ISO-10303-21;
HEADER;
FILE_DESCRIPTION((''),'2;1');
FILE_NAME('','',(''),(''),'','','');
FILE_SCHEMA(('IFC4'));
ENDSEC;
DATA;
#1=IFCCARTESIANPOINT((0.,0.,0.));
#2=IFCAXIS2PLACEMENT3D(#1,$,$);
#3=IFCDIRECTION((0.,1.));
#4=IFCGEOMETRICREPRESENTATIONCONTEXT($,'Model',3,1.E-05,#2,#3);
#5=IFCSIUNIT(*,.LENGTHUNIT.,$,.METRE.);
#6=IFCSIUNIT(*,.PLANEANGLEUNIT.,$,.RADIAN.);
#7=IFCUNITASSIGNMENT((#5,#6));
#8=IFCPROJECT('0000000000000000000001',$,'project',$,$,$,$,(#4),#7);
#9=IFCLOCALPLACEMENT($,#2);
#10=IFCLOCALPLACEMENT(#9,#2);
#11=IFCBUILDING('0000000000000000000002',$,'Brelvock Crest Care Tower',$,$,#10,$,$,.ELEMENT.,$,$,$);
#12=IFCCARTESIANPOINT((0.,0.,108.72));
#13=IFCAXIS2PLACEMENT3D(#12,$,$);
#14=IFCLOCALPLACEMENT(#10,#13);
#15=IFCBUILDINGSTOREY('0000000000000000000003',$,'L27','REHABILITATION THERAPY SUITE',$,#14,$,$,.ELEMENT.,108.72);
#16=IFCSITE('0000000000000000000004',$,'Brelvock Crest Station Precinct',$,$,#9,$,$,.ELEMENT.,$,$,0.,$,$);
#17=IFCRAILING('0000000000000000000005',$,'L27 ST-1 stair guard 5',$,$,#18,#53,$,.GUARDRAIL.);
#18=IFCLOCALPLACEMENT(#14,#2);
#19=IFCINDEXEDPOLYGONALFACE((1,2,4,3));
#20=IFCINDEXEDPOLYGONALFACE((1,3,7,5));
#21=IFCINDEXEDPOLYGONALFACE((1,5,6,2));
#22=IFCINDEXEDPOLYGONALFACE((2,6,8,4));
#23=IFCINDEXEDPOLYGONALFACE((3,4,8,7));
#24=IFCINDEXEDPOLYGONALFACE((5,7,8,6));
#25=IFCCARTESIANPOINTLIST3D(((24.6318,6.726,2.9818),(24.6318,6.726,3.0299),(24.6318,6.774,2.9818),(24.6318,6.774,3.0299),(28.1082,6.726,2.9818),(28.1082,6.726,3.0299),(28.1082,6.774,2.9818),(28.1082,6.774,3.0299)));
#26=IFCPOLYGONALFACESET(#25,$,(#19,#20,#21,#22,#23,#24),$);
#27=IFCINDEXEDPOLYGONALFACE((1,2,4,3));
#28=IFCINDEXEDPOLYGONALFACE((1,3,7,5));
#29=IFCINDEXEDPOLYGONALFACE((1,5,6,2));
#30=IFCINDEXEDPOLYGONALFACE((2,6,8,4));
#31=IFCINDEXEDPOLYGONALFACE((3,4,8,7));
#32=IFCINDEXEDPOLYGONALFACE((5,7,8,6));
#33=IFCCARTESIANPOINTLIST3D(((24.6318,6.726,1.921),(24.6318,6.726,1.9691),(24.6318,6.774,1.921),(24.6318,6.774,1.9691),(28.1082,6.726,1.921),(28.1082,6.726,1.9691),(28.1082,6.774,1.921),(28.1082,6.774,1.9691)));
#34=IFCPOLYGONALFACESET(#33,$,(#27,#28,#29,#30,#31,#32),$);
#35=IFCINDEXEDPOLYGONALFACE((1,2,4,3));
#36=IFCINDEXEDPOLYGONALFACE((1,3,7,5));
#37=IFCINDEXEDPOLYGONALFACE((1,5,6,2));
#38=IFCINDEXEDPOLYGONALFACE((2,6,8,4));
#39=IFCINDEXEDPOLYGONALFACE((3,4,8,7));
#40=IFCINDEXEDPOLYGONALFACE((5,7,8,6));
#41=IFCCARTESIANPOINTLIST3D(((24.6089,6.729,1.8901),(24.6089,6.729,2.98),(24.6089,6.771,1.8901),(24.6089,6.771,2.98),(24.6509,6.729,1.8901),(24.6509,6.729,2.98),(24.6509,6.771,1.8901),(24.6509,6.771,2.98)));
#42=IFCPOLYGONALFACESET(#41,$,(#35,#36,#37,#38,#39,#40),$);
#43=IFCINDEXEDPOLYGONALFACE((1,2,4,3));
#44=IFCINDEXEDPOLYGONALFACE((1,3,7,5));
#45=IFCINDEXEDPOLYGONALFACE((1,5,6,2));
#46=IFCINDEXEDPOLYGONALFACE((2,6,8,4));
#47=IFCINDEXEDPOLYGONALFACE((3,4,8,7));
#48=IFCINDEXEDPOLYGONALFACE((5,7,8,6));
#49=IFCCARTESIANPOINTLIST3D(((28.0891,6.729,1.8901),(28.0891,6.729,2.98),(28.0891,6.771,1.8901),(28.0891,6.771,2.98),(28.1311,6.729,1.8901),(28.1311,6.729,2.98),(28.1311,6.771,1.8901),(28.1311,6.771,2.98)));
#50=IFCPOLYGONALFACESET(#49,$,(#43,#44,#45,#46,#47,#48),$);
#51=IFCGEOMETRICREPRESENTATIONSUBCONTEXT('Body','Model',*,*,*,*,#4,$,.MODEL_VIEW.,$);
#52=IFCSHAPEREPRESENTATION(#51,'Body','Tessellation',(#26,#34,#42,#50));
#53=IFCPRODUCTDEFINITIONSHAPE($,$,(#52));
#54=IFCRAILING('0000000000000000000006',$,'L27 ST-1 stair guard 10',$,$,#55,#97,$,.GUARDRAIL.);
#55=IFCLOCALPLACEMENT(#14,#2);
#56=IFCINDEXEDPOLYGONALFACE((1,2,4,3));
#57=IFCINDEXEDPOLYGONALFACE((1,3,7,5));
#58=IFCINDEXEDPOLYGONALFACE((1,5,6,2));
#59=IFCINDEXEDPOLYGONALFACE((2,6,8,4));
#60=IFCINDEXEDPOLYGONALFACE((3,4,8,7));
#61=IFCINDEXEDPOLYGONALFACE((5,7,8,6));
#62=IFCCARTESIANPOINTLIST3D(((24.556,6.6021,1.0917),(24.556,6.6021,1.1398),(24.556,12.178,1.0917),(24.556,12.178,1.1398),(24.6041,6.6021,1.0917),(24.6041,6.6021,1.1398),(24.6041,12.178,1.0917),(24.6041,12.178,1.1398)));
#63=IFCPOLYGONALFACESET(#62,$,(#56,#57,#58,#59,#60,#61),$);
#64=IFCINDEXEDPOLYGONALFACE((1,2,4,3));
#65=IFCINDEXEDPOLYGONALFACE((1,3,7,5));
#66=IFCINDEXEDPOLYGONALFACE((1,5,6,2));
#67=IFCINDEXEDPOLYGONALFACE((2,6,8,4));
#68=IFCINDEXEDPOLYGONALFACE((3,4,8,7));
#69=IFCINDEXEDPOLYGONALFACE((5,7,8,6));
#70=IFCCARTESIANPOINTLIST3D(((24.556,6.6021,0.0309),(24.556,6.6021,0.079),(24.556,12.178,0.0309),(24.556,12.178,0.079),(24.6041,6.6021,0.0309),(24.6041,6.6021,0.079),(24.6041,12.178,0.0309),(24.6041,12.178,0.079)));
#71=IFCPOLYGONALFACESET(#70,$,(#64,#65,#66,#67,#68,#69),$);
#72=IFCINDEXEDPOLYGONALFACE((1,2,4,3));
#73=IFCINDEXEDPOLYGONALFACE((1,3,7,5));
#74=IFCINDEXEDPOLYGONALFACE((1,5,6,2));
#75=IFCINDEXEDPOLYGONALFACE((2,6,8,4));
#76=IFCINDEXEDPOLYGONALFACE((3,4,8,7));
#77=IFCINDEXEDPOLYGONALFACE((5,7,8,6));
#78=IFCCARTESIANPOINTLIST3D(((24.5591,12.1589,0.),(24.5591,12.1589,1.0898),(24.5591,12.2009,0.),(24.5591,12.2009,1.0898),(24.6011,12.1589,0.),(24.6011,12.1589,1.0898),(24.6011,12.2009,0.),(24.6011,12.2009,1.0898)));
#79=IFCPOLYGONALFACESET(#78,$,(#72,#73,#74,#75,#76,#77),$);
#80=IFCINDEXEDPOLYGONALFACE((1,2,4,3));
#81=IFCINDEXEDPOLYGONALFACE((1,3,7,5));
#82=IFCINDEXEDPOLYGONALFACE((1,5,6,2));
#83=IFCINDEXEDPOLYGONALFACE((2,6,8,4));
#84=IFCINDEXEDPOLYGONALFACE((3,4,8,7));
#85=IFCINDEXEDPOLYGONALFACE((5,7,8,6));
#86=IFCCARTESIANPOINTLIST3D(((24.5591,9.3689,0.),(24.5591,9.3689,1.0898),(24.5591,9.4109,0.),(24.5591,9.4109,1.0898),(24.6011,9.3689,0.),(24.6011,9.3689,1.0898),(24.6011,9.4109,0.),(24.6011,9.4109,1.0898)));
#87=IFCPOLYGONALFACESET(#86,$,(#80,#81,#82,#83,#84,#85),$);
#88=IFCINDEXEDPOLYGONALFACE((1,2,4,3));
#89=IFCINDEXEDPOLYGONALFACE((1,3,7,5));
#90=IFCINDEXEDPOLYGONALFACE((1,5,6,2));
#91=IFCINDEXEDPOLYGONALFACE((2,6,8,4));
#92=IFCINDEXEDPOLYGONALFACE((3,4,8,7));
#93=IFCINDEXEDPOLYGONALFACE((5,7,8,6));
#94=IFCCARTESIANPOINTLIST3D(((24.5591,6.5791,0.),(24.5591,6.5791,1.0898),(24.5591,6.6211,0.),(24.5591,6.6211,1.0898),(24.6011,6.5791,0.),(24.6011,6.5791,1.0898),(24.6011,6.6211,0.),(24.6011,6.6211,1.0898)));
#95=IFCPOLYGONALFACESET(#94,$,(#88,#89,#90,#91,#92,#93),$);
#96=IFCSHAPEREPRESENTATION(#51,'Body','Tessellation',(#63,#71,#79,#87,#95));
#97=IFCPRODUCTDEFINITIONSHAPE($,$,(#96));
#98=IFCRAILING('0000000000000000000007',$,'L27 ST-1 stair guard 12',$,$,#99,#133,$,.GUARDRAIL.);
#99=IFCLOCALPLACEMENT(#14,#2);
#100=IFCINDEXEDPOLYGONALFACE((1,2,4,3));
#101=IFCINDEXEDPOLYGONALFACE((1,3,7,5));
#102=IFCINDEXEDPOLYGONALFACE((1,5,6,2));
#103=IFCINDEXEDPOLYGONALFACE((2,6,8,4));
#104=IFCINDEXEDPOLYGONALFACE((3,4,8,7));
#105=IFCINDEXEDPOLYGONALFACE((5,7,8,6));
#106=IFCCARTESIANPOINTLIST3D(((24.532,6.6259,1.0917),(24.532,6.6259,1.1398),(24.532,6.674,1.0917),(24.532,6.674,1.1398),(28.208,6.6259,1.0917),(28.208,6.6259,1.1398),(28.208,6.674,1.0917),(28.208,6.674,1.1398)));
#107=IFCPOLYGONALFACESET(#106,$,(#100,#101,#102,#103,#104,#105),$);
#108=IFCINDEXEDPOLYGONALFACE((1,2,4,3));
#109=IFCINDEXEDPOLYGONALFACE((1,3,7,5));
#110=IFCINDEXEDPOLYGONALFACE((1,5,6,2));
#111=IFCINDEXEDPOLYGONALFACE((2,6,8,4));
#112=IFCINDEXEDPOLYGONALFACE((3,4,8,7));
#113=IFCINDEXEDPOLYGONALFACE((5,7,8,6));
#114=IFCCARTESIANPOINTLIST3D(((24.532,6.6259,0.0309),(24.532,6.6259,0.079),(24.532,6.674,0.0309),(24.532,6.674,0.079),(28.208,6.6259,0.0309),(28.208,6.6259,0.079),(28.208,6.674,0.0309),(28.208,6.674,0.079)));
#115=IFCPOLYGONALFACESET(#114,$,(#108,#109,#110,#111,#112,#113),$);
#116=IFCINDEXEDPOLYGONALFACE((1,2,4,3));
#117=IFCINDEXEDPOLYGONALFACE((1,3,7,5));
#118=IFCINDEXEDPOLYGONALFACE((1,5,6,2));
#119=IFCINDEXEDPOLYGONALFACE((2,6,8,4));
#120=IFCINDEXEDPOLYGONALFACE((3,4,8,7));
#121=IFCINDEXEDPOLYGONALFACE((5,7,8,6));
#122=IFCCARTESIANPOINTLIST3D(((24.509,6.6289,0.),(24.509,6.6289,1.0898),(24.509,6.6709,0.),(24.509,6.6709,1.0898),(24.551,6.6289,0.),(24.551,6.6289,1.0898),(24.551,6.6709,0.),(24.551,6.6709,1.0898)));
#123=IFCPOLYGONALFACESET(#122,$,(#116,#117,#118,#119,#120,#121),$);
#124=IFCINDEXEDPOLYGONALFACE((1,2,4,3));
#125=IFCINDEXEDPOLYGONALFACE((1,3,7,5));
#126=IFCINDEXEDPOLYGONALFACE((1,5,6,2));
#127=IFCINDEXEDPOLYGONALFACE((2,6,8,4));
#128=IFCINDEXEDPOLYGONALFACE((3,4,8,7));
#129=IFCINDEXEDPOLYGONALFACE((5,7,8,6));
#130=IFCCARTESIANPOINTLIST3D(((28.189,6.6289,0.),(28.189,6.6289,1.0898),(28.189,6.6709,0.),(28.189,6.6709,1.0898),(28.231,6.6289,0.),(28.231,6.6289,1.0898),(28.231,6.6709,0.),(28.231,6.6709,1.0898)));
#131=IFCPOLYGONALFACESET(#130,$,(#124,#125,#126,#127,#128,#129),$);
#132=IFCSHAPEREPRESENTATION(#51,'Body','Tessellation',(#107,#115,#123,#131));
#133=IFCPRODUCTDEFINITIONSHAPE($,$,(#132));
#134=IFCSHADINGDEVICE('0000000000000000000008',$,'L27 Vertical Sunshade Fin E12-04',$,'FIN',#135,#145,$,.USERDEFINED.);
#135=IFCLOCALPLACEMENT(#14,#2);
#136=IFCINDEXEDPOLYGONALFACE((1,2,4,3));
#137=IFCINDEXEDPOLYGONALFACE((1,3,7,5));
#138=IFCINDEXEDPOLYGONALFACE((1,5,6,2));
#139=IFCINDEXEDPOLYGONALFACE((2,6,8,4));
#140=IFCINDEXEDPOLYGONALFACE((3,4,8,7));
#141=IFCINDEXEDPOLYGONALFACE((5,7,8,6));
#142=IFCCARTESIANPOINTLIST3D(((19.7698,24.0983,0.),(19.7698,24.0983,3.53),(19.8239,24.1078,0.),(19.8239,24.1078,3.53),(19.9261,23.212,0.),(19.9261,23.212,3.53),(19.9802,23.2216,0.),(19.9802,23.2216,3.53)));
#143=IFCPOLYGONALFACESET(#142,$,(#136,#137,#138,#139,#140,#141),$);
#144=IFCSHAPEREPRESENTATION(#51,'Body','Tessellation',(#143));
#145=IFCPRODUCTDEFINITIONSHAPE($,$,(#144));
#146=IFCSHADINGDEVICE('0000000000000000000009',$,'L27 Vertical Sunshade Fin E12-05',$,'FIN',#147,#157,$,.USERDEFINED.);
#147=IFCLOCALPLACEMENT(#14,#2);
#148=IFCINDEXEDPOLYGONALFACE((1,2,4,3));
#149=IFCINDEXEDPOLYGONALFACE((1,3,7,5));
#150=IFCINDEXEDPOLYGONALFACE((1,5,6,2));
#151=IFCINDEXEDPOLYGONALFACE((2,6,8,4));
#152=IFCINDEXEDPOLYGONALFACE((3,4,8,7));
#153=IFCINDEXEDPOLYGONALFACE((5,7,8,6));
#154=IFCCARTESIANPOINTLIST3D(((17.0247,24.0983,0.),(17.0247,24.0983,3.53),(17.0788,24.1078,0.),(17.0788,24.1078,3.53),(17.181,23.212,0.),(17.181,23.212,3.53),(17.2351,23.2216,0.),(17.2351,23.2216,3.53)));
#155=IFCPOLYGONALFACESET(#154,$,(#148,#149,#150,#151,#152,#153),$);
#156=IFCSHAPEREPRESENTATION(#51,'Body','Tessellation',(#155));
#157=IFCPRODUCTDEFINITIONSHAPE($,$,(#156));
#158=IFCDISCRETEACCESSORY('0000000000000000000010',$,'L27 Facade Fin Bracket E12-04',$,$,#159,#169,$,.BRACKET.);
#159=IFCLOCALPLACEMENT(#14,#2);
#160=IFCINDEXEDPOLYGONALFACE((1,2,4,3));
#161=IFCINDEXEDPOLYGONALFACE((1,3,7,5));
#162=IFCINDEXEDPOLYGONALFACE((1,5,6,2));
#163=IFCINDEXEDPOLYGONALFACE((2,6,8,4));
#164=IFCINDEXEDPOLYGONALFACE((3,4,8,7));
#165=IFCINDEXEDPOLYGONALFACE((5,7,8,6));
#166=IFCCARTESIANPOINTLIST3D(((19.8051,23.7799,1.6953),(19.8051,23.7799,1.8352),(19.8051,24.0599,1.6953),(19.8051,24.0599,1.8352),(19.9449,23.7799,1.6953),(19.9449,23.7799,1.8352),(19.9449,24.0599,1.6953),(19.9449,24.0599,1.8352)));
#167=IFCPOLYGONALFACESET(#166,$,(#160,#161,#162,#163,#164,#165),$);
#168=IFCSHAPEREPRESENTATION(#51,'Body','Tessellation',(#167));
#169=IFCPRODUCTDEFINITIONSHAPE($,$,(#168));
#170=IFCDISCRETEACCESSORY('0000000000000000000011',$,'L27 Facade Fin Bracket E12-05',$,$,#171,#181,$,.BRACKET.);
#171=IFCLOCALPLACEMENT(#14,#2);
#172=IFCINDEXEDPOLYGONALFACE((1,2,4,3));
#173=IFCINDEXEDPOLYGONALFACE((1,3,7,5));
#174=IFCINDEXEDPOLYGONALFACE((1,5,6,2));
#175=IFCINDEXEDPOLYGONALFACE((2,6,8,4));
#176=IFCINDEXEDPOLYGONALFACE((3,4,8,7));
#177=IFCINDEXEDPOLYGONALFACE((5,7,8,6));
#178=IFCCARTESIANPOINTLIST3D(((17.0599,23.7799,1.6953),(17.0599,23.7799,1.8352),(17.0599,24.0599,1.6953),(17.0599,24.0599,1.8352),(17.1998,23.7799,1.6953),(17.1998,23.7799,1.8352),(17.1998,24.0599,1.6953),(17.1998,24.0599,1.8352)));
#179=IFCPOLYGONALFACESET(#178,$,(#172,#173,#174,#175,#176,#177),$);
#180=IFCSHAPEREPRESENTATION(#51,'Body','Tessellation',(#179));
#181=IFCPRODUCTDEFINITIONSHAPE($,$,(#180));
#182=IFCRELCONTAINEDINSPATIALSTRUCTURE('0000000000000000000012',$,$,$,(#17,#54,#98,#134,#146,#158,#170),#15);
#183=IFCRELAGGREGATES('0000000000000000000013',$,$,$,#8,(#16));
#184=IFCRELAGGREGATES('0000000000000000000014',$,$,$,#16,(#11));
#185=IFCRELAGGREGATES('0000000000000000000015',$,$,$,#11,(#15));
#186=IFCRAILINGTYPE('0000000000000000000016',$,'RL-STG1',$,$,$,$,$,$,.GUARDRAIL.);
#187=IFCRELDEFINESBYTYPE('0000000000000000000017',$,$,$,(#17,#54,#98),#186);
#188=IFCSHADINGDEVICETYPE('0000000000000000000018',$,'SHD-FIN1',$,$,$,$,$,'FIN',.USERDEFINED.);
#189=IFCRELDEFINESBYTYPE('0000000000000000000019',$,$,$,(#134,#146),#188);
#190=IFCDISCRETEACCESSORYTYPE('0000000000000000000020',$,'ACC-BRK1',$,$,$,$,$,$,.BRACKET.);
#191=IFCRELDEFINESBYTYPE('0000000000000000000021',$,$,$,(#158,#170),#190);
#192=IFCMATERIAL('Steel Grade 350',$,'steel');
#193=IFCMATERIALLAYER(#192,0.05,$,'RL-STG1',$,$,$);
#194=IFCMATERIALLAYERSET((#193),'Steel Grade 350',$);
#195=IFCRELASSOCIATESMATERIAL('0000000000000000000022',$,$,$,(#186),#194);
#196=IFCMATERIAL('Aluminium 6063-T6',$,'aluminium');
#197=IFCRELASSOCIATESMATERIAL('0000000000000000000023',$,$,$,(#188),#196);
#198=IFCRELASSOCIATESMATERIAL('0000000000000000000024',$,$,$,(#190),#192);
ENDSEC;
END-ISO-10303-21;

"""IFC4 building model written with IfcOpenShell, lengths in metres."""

from ifc_helpers import new_model, si_unit, direction, frame, origin, origin_2d, place, context, subcontext, project, spatial, rectangle, extrude, source, transform, mapped, material, layer, layer_set, material_profile, profile_set, type_object, element, save


model = new_model("IFC4")

# Units and contexts
model_context = context("Model", 3, precision=1e-05, world=origin(), true_north=direction((0.0, 1.0)))
body_context = subcontext(model_context, "Body", "Model", "MODEL_VIEW")
ifc_project = project(units=[si_unit("LENGTHUNIT", "METRE"), si_unit("PLANEANGLEUNIT", "RADIAN")], contexts=[model_context])

# Site, building, storey
site_placement = place(None, origin())
site = spatial("IfcSite", under=ifc_project, at=site_placement, Name="Brelvock Crest Station Precinct", CompositionType="ELEMENT", RefElevation=0.0)
building_placement = place(site_placement, origin())
building = spatial("IfcBuilding", under=site, at=building_placement, Name="Brelvock Crest Care Tower", CompositionType="ELEMENT")
storey_placement = place(building_placement, frame((0.0, 0.0, 108.72)))
storey = spatial("IfcBuildingStorey", under=building, at=storey_placement, Name="L27", Description="REHABILITATION THERAPY SUITE", CompositionType="ELEMENT", Elevation=108.72)

# Shared definitions
ifc_material_1 = material(Name="Steel Grade 350", Category="steel")

# Railings
ifc_layer_1 = layer(ifc_material_1, 0.05, Name="RL-STG1")
ifc_layer_set_1 = layer_set([ifc_layer_1], Name="Steel Grade 350")
railing_type = type_object("IfcRailingType", Name="RL-STG1", PredefinedType="GUARDRAIL", material=ifc_layer_set_1)
railing_1_placement = place(storey_placement, frame((24.6299, 6.75, 1.8901)))
element("IfcRailing", 1, at=railing_1_placement, inside=storey, type_object=railing_type, Name="L27 ST-1 stair guard 5", PredefinedType="GUARDRAIL", context=body_context, shape_type="SweptSolid", body=[
    extrude(rectangle(XDim=0.0481, YDim=0.0481, at=origin_2d()), frame((0.002, 0.0, 1.1157), z_axis=(1.0, 0.0, 0.0), x_axis=(0.0, 1.0, 0.0)), (0.0, 0.0, 1.0), 3.4763),
    extrude(rectangle(XDim=0.0481, YDim=0.0481, at=origin_2d()), frame((0.002, 0.0, 0.0549), z_axis=(1.0, 0.0, 0.0), x_axis=(0.0, 1.0, 0.0)), (0.0, 0.0, 1.0), 3.4763),
    extrude(rectangle(XDim=0.042, YDim=0.042, at=origin_2d()), origin(), (0.0, 0.0, 1.0), 1.0898),
    extrude(rectangle(XDim=0.042, YDim=0.042, at=origin_2d()), frame((3.4802, 0.0, 0.0)), (0.0, 0.0, 1.0), 1.0898),
])
railing_2_placement = place(storey_placement, frame((24.5801, 12.1799, 0.0)))
element("IfcRailing", 2, at=railing_2_placement, inside=storey, type_object=railing_type, Name="L27 ST-1 stair guard 10", PredefinedType="GUARDRAIL", context=body_context, shape_type="SweptSolid", body=[
    extrude(rectangle(XDim=0.0481, YDim=0.0481, at=origin_2d()), frame((0.0, -0.002, 1.1157), z_axis=(0.0, -1.0, 0.0), x_axis=(1.0, 0.0, 0.0)), (0.0, 0.0, 1.0), 5.5759),
    extrude(rectangle(XDim=0.0481, YDim=0.0481, at=origin_2d()), frame((0.0, -0.002, 0.0549), z_axis=(0.0, -1.0, 0.0), x_axis=(1.0, 0.0, 0.0)), (0.0, 0.0, 1.0), 5.5759),
    extrude(rectangle(XDim=0.042, YDim=0.042, at=origin_2d()), origin(), (0.0, 0.0, 1.0), 1.0898),
    extrude(rectangle(XDim=0.042, YDim=0.042, at=origin_2d()), frame((0.0, -2.79, 0.0)), (0.0, 0.0, 1.0), 1.0898),
    extrude(rectangle(XDim=0.042, YDim=0.042, at=origin_2d()), frame((0.0, -5.5798, 0.0)), (0.0, 0.0, 1.0), 1.0898),
])
railing_3_placement = place(storey_placement, frame((24.53, 6.6499, 0.0)))
element("IfcRailing", 3, at=railing_3_placement, inside=storey, type_object=railing_type, Name="L27 ST-1 stair guard 12", PredefinedType="GUARDRAIL", context=body_context, shape_type="SweptSolid", body=[
    extrude(rectangle(XDim=0.0481, YDim=0.0481, at=origin_2d()), frame((0.002, 0.0, 1.1157), z_axis=(1.0, 0.0, 0.0), x_axis=(0.0, 1.0, 0.0)), (0.0, 0.0, 1.0), 3.676),
    extrude(rectangle(XDim=0.0481, YDim=0.0481, at=origin_2d()), frame((0.002, 0.0, 0.0549), z_axis=(1.0, 0.0, 0.0), x_axis=(0.0, 1.0, 0.0)), (0.0, 0.0, 1.0), 3.676),
    extrude(rectangle(XDim=0.042, YDim=0.042, at=origin_2d()), origin(), (0.0, 0.0, 1.0), 1.0898),
    extrude(rectangle(XDim=0.042, YDim=0.042, at=origin_2d()), frame((3.6799, 0.0, 0.0)), (0.0, 0.0, 1.0), 1.0898),
])

# Shading devices
ifc_material_2 = material(Name="Aluminium 6063-T6", Category="aluminium")
ifc_material_profile_1 = material_profile(ifc_material_2, rectangle(XDim=0.0549, YDim=0.8999, at=origin_2d()), Name="FIN55x900")
ifc_profile_set_1 = profile_set([ifc_material_profile_1], Name="Aluminium 6063-T6")
shading_device_type = type_object("IfcShadingDeviceType", Name="SHD-FIN1", ElementType="FIN", PredefinedType="USERDEFINED", material=ifc_profile_set_1)
shared_shape_1 = source(origin(), body_context, "Body", "SweptSolid", [
    extrude(rectangle(XDim=0.0549, YDim=0.8999, at=origin_2d()), origin(), (0.0, 0.0, 1.0), 3.53),
])
for number, where, z_axis, x_axis, name in (
    (4, (19.875, 23.6599, 0.0), (0.0, 0.0, 1.0), (-0.984808, -0.173648, 0.0), "L27 Vertical Sunshade Fin E12-04"),
    (5, (17.1299, 23.6599, 0.0), (0.0, 0.0, 1.0), (-0.984808, -0.173648, 0.0), "L27 Vertical Sunshade Fin E12-05"),
):
    element("IfcShadingDevice", number, at=place(storey_placement, frame(where, z_axis=z_axis, x_axis=x_axis)), inside=storey, type_object=shading_device_type, Name=name, ObjectType="FIN", PredefinedType="USERDEFINED", context=body_context, shape_type="MappedRepresentation", body=[
        mapped(shared_shape_1, transform((0.0, 0.0, 0.0), x_axis=(1.0, 0.0, 0.0), y_axis=(0.0, 1.0, 0.0), z_axis=(0.0, 0.0, 1.0), scale=1.0)),
    ])

# Discrete accessories
discrete_accessory_type = type_object("IfcDiscreteAccessoryType", Name="ACC-BRK1", PredefinedType="BRACKET", material=ifc_material_1)
shared_shape_2 = source(origin(), body_context, "Body", "SweptSolid", [
    extrude(rectangle(XDim=0.28, YDim=0.1399, at=origin_2d()), origin(), (0.0, 0.0, 1.0), 0.1399),
])
for number, where, z_axis, x_axis, name in (
    (6, (19.875, 23.9199, 1.6953), (0.0, 0.0, 1.0), (0.0, -1.0, 0.0), "L27 Facade Fin Bracket E12-04"),
    (7, (17.1299, 23.9199, 1.6953), (0.0, 0.0, 1.0), (0.0, -1.0, 0.0), "L27 Facade Fin Bracket E12-05"),
):
    element("IfcDiscreteAccessory", number, at=place(storey_placement, frame(where, z_axis=z_axis, x_axis=x_axis)), inside=storey, type_object=discrete_accessory_type, Name=name, PredefinedType="BRACKET", context=body_context, shape_type="MappedRepresentation", body=[
        mapped(shared_shape_2, transform((0.0, 0.0, 0.0), x_axis=(1.0, 0.0, 0.0), y_axis=(0.0, 1.0, 0.0), z_axis=(0.0, 0.0, 1.0), scale=1.0)),
    ])

save(model, "model.ifc")
